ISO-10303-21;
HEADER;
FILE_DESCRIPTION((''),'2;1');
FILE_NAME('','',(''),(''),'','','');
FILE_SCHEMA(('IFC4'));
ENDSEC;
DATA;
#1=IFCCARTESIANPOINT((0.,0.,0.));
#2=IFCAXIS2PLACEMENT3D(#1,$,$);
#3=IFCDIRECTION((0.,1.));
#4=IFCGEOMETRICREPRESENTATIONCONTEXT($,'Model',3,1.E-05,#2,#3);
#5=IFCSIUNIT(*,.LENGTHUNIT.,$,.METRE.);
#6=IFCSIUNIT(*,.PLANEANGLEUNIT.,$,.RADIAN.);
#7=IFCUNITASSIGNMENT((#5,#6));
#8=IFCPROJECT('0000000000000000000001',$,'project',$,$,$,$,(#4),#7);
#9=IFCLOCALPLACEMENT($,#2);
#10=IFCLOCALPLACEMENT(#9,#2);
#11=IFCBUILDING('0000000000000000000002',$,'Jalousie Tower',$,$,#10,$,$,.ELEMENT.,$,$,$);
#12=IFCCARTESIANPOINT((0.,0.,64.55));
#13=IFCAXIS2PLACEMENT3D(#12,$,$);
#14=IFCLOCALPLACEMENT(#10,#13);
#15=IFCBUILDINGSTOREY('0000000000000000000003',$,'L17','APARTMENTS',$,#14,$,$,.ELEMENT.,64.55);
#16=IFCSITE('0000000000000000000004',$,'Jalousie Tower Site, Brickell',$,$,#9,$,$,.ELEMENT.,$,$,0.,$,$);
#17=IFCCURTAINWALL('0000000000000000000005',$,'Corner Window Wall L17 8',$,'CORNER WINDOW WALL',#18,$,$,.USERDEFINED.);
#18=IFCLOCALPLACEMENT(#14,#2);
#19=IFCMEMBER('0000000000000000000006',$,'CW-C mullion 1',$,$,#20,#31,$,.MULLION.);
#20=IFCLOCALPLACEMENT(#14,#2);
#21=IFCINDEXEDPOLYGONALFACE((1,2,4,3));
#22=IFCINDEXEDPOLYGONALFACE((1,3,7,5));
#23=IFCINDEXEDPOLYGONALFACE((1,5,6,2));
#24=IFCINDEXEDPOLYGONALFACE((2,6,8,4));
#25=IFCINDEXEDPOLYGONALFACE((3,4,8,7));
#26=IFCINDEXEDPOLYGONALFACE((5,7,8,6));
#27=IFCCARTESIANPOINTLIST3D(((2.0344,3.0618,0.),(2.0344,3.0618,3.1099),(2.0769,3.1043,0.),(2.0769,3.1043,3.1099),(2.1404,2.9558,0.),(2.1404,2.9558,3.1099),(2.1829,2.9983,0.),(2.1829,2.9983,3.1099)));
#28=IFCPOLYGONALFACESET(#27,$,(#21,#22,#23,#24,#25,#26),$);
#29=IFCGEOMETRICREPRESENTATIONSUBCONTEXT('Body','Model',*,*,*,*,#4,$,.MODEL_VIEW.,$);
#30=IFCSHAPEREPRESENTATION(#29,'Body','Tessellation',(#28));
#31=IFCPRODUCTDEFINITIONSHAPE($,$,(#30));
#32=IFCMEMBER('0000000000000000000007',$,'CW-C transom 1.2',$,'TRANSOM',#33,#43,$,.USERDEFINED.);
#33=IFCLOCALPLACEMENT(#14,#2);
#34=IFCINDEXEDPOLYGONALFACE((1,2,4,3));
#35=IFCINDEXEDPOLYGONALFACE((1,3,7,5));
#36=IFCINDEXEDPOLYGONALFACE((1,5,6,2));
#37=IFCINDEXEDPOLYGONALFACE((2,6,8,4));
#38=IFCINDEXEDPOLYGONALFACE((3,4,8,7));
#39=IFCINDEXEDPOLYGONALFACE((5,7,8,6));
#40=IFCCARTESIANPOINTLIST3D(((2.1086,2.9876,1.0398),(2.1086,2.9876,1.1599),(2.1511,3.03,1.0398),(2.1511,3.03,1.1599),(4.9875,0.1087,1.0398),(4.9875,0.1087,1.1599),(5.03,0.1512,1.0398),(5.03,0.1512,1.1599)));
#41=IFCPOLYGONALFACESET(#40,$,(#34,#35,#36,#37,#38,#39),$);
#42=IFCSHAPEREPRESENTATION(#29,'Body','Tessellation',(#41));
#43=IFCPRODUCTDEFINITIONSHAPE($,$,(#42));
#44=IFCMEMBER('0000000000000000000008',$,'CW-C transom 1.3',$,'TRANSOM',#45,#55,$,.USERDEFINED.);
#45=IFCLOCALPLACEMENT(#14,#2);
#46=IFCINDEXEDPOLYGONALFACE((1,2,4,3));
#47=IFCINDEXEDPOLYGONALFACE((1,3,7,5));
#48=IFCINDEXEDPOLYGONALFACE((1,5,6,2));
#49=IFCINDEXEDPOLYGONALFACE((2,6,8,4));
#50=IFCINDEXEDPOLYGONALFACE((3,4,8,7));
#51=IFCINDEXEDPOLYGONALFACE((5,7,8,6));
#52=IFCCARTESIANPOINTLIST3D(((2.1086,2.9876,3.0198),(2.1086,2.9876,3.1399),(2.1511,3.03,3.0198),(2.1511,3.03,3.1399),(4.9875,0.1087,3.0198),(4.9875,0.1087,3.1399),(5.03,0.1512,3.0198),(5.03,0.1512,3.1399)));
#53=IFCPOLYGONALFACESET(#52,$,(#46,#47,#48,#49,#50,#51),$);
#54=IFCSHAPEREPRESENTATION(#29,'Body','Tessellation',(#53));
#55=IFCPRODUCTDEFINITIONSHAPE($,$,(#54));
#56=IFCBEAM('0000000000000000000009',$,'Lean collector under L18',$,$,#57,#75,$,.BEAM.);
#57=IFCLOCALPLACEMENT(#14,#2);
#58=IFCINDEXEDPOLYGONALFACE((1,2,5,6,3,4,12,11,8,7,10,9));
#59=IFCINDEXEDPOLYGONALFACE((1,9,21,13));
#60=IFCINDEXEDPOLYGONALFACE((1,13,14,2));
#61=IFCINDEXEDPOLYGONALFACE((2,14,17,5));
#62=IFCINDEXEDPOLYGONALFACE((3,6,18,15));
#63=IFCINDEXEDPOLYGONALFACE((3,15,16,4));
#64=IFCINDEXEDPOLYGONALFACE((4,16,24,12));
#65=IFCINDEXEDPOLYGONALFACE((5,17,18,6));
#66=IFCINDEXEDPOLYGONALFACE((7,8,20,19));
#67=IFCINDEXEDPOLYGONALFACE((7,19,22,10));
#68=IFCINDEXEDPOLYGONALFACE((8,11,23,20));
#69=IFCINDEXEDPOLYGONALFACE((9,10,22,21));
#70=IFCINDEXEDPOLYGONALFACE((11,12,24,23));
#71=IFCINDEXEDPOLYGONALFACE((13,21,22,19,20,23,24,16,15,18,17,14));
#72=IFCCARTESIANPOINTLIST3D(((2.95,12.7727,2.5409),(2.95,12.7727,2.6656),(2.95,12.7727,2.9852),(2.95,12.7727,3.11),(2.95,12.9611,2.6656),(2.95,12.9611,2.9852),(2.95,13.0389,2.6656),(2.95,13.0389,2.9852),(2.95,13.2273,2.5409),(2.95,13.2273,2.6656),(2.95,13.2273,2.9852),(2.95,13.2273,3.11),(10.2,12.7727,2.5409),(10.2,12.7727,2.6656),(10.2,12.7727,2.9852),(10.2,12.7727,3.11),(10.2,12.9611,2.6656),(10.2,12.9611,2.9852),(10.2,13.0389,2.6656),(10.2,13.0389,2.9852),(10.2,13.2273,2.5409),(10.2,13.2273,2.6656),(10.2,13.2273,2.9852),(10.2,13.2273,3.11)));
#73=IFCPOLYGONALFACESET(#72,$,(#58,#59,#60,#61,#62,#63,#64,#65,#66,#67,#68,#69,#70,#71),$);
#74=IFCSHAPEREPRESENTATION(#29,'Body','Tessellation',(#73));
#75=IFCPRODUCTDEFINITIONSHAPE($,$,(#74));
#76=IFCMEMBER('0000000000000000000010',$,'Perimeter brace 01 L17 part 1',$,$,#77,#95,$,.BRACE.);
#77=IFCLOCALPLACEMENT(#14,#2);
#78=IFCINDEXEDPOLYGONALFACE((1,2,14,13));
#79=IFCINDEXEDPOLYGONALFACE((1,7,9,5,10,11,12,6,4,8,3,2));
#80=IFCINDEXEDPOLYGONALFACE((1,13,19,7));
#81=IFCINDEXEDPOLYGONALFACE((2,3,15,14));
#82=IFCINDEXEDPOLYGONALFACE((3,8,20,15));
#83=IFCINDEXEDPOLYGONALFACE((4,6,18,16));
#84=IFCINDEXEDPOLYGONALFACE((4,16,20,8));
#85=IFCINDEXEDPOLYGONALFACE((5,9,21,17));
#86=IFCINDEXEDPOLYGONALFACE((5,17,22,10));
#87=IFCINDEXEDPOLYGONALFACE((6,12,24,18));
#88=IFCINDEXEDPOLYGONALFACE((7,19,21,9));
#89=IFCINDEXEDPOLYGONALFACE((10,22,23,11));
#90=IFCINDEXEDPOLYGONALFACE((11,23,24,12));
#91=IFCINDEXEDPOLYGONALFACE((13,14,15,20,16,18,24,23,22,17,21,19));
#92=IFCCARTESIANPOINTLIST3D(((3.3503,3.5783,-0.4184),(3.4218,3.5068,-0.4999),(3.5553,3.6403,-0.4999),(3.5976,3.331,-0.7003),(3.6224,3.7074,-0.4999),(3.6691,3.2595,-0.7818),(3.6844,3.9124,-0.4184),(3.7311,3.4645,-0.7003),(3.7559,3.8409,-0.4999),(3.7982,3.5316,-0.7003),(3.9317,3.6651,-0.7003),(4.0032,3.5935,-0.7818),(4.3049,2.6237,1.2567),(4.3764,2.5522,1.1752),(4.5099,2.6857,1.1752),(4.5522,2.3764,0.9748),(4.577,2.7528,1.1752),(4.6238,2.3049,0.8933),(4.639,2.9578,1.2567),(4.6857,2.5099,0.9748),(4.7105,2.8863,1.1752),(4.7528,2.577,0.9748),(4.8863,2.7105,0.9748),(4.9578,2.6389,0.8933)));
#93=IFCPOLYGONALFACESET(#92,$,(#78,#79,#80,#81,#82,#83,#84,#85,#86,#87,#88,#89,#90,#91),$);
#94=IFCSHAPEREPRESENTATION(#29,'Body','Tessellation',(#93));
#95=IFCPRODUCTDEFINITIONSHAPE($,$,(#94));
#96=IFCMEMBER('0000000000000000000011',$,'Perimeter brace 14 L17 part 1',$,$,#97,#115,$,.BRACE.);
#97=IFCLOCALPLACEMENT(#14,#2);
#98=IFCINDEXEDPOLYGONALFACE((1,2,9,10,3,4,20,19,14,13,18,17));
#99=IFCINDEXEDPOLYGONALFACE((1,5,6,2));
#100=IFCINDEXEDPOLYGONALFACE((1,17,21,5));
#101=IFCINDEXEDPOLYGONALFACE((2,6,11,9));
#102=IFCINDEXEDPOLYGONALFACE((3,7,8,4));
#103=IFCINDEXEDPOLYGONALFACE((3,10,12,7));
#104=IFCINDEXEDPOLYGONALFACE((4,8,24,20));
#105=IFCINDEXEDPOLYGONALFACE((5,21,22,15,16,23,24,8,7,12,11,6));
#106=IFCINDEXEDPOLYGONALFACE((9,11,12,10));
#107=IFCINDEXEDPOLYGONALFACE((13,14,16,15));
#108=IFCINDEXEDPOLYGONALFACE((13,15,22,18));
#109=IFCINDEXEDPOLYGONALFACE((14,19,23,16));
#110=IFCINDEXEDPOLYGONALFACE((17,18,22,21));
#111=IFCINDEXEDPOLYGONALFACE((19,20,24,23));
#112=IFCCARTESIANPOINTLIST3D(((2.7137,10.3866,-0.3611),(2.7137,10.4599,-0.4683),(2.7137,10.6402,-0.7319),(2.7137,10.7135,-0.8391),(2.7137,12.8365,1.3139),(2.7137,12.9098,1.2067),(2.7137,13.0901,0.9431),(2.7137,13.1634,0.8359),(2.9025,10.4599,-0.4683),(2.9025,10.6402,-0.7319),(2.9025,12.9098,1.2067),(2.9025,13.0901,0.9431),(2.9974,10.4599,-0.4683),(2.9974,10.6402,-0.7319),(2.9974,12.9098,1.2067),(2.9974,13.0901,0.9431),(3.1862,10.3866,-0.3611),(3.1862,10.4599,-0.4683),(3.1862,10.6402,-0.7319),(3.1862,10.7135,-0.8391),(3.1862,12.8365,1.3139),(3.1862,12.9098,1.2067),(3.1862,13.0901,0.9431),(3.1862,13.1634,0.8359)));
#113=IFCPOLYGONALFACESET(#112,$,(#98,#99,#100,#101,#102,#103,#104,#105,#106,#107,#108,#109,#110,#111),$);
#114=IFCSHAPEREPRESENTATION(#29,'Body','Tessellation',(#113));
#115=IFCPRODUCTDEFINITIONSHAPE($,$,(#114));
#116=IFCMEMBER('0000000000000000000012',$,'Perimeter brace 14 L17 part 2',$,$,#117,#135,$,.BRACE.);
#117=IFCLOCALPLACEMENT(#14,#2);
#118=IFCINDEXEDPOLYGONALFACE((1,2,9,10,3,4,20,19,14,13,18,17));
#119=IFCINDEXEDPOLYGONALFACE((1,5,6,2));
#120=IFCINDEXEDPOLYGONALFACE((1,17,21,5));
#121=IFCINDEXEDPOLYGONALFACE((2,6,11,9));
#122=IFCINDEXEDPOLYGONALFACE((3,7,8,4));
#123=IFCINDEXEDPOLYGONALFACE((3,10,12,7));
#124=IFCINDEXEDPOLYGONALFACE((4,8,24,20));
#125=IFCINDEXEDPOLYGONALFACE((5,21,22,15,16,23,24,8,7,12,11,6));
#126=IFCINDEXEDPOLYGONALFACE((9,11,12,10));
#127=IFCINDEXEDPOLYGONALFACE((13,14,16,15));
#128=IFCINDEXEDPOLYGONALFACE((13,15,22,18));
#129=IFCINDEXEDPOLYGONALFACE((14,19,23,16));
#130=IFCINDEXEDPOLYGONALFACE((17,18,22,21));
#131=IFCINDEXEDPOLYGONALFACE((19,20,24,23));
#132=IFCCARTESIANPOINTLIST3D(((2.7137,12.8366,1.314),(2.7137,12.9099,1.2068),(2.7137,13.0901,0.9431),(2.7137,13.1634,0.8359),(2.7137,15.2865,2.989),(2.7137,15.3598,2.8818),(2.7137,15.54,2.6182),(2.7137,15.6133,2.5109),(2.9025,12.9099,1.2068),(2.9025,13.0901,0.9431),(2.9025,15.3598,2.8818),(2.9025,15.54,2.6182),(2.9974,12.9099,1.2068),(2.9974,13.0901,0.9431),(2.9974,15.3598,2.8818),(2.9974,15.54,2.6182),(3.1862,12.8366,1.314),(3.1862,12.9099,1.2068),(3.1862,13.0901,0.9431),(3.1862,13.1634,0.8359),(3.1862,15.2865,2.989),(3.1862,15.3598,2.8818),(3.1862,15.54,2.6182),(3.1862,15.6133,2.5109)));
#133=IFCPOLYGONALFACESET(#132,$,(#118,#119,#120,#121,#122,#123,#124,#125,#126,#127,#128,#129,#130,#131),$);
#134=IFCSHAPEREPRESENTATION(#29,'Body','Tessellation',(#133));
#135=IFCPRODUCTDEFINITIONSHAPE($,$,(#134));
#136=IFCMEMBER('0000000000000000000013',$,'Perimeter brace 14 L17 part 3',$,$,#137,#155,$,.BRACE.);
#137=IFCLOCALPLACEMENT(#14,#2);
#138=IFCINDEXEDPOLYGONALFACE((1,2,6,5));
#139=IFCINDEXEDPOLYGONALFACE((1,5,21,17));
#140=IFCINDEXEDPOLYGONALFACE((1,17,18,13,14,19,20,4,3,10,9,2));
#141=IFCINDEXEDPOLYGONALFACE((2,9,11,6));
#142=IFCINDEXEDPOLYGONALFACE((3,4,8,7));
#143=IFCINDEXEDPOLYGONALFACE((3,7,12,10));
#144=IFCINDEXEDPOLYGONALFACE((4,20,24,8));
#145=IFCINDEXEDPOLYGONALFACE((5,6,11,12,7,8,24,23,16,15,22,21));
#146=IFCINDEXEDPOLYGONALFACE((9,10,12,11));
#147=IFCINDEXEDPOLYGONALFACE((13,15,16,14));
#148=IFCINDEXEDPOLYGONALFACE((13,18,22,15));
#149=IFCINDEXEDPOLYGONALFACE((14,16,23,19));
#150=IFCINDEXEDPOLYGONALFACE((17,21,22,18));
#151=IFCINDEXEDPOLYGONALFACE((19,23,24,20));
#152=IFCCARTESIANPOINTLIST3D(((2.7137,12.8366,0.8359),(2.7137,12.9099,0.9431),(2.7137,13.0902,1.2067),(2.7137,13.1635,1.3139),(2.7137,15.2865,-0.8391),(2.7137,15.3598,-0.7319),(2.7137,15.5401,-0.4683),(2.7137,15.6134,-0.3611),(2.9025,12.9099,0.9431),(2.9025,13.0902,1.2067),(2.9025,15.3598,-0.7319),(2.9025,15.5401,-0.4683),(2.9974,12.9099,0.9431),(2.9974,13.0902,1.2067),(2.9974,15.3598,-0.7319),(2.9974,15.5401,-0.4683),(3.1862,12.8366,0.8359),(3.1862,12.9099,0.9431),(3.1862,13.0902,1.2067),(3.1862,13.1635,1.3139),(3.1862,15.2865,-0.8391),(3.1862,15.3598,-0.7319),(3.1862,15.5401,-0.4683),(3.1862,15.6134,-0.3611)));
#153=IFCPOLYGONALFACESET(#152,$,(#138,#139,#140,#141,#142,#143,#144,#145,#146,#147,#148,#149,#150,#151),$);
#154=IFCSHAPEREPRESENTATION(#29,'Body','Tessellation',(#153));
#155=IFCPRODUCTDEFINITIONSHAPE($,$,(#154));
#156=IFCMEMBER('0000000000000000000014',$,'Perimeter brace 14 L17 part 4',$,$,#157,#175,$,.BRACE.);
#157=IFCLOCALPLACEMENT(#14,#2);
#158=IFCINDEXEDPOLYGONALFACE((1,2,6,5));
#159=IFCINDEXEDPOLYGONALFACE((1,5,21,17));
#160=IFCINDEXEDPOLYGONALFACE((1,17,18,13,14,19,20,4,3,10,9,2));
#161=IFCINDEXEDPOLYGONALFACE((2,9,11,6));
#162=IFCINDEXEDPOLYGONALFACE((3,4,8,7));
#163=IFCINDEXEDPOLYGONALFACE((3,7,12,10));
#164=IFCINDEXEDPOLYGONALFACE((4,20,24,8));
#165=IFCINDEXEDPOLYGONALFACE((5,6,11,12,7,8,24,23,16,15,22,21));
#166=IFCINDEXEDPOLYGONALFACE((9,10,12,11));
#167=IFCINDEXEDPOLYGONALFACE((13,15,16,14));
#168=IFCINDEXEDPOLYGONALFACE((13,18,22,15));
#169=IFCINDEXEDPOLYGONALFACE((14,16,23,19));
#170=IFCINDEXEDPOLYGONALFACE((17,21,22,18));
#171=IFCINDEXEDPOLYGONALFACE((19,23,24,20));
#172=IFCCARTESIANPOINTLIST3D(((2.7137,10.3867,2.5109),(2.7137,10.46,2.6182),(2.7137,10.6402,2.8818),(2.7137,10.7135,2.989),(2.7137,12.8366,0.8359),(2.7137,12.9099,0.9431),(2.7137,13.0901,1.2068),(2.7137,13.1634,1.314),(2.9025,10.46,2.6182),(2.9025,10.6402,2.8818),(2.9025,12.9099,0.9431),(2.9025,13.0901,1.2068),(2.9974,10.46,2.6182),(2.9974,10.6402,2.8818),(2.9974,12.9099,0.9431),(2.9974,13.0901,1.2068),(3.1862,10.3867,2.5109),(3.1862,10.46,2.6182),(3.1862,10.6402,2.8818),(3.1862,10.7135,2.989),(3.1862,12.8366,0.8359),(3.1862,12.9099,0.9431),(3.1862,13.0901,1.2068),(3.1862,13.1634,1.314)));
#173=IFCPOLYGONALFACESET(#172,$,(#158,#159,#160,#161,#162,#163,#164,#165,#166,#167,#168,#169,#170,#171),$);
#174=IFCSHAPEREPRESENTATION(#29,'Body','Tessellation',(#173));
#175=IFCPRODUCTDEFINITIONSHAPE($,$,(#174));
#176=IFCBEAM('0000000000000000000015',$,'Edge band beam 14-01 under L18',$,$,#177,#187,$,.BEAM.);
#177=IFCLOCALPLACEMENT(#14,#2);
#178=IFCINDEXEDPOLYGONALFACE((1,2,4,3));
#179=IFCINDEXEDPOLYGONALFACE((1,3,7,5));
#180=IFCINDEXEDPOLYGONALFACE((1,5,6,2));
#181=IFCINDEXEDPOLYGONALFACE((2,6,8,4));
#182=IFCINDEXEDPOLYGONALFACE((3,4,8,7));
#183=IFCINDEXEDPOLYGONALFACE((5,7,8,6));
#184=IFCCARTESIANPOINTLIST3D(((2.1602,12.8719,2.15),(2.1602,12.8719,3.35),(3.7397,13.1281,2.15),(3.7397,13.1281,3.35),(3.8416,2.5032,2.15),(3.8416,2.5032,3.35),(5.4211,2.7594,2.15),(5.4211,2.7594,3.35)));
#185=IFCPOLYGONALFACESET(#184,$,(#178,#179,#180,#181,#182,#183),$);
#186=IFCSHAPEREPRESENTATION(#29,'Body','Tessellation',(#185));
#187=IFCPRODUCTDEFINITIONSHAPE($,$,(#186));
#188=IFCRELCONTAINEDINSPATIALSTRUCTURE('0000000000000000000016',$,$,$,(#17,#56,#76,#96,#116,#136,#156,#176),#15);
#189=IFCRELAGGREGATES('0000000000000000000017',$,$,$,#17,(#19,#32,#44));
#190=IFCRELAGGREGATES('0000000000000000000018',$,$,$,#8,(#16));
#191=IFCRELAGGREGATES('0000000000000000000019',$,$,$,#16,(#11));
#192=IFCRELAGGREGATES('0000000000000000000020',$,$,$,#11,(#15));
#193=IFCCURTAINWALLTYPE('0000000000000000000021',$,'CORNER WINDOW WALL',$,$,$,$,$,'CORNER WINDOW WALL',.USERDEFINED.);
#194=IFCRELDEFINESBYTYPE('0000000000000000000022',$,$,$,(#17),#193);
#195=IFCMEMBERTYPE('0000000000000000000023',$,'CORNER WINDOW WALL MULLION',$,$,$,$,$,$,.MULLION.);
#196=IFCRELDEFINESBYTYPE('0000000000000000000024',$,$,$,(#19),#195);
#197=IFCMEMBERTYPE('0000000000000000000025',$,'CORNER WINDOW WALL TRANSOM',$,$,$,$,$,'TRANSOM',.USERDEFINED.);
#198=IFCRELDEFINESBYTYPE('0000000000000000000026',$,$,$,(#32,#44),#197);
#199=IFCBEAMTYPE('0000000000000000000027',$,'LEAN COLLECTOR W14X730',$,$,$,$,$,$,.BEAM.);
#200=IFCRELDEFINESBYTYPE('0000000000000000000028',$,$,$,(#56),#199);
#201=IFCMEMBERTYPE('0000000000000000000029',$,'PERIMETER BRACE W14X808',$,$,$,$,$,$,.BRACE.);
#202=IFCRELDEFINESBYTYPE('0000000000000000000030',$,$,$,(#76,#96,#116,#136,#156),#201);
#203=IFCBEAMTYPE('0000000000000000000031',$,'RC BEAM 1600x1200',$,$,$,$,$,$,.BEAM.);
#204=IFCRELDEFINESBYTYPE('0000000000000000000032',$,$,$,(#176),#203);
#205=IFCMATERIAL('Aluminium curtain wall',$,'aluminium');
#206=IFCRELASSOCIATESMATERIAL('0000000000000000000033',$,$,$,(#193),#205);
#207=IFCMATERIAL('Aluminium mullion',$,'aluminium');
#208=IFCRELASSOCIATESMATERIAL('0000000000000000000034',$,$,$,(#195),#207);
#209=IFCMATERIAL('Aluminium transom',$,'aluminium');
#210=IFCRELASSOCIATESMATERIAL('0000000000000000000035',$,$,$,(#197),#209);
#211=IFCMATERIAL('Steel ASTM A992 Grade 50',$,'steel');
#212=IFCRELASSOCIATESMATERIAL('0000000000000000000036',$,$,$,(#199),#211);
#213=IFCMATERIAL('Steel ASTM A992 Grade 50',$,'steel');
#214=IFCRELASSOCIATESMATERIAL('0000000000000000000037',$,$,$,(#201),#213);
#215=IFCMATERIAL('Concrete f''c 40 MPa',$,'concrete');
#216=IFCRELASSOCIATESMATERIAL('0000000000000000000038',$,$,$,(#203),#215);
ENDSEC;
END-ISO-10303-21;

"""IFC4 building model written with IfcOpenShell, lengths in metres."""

from ifc_helpers import new_model, si_unit, direction, frame, origin, origin_2d, place, context, subcontext, project, spatial, rectangle, i_section, extrude, material, material_profile, profile_set, type_object, element, aggregate, save


model = new_model("IFC4")

# Units and contexts
model_context = context("Model", 3, precision=1e-05, world=origin(), true_north=direction((0.0, 1.0)))
body_context = subcontext(model_context, "Body", "Model", "MODEL_VIEW")
ifc_project = project(units=[si_unit("LENGTHUNIT", "METRE"), si_unit("PLANEANGLEUNIT", "RADIAN")], contexts=[model_context])

# Site, building, storey
site_placement = place(None, origin())
site = spatial("IfcSite", under=ifc_project, at=site_placement, Name="Jalousie Tower Site, Brickell", CompositionType="ELEMENT", RefElevation=0.0)
building_placement = place(site_placement, origin())
building = spatial("IfcBuilding", under=site, at=building_placement, Name="Jalousie Tower", CompositionType="ELEMENT")
storey_placement = place(building_placement, frame((0.0, 0.0, 64.55)))
storey = spatial("IfcBuildingStorey", under=building, at=storey_placement, Name="L17", Description="APARTMENTS", CompositionType="ELEMENT", Elevation=64.55)

# Curtain wall, members
ifc_material_1 = material(Name="Aluminium curtain wall", Category="aluminium")
curtain_wall_type_1 = type_object("IfcCurtainWallType", Name="CORNER WINDOW WALL", ElementType="CORNER WINDOW WALL", PredefinedType="USERDEFINED", material=ifc_material_1)
curtain_wall_1_placement = place(storey_placement, origin())
curtain_wall_1 = element("IfcCurtainWall", 1, at=curtain_wall_1_placement, inside=storey, type_object=curtain_wall_type_1, Name="Corner Window Wall L17 8", ObjectType="CORNER WINDOW WALL", PredefinedType="USERDEFINED")
ifc_material_2 = material(Name="Aluminium mullion", Category="aluminium")
ifc_material_profile_1 = material_profile(ifc_material_2, rectangle(XDim=0.0601, YDim=0.1499, at=origin_2d()), Name="MULLION 60x150")
ifc_profile_set_1 = profile_set([ifc_material_profile_1], Name="Aluminium mullion")
member_type_1 = type_object("IfcMemberType", Name="CORNER WINDOW WALL MULLION", PredefinedType="MULLION", material=ifc_profile_set_1)
member_1_placement = place(storey_placement, frame((2.1086, 3.03, 0.0), z_axis=(0.0, 0.0, 1.0), x_axis=(0.707107, 0.707107, 0.0)))
member_1 = element("IfcMember", 2, at=member_1_placement, type_object=member_type_1, Name="CW-C mullion 1", PredefinedType="MULLION", context=body_context, shape_type="SweptSolid", body=[
    extrude(rectangle(XDim=0.0601, YDim=0.1499, at=origin_2d()), origin(), (0.0, 0.0, 1.0), 3.1099),
])
ifc_material_3 = material(Name="Aluminium transom", Category="aluminium")
ifc_material_profile_2 = material_profile(ifc_material_3, rectangle(XDim=0.0601, YDim=0.1201, at=origin_2d()), Name="TRANSOM 60x120")
ifc_profile_set_2 = profile_set([ifc_material_profile_2], Name="Aluminium transom")
member_type_2 = type_object("IfcMemberType", Name="CORNER WINDOW WALL TRANSOM", ElementType="TRANSOM", PredefinedType="USERDEFINED", material=ifc_profile_set_2)
member_2_placement = place(storey_placement, frame((2.1299, 3.0088, 1.0999), z_axis=(0.707107, -0.707107, 0.0), x_axis=(0.707107, 0.707107, 0.0)))
member_2 = element("IfcMember", 3, at=member_2_placement, type_object=member_type_2, Name="CW-C transom 1.2", ObjectType="TRANSOM", PredefinedType="USERDEFINED", context=body_context, shape_type="SweptSolid", body=[
    extrude(rectangle(XDim=0.0601, YDim=0.1201, at=origin_2d()), origin(), (0.0, 0.0, 1.0), 4.0713),
])
member_3_placement = place(storey_placement, frame((2.1299, 3.0088, 3.0798), z_axis=(0.707107, -0.707107, 0.0), x_axis=(0.707107, 0.707107, 0.0)))
member_3 = element("IfcMember", 4, at=member_3_placement, type_object=member_type_2, Name="CW-C transom 1.3", ObjectType="TRANSOM", PredefinedType="USERDEFINED", context=body_context, shape_type="SweptSolid", body=[
    extrude(rectangle(XDim=0.0601, YDim=0.1201, at=origin_2d()), origin(), (0.0, 0.0, 1.0), 4.0713),
])
aggregate(curtain_wall_1, [member_1, member_2, member_3])

# Beam
ifc_material_4 = material(Name="Steel ASTM A992 Grade 50", Category="steel")
ifc_material_profile_3 = material_profile(ifc_material_4, i_section(OverallWidth=0.4546, OverallDepth=0.5691, WebThickness=0.0779, FlangeThickness=0.1248, at=origin_2d()), Name="W14X730")
ifc_profile_set_3 = profile_set([ifc_material_profile_3], Name="Steel ASTM A992 Grade 50")
beam_type_1 = type_object("IfcBeamType", Name="LEAN COLLECTOR W14X730", PredefinedType="BEAM", material=ifc_profile_set_3)
beam_1_placement = place(storey_placement, frame((2.95, 13.0, 2.8254), z_axis=(1.0, 0.0, 0.0), x_axis=(0.0, 1.0, 0.0)))
element("IfcBeam", 5, at=beam_1_placement, inside=storey, type_object=beam_type_1, Name="Lean collector under L18", PredefinedType="BEAM", context=body_context, shape_type="SweptSolid", body=[
    extrude(i_section(OverallWidth=0.4546, OverallDepth=0.5691, WebThickness=0.0779, FlangeThickness=0.1248, at=origin_2d()), origin(), (0.0, 0.0, 1.0), 7.25),
])

# Members
ifc_material_5 = material(Name="Steel ASTM A992 Grade 50", Category="steel")
ifc_material_profile_4 = material_profile(ifc_material_5, i_section(OverallWidth=0.4724, OverallDepth=0.5791, WebThickness=0.095, FlangeThickness=0.1299, at=origin_2d()), Name="W14X808")
ifc_profile_set_4 = profile_set([ifc_material_profile_4], Name="Steel ASTM A992 Grade 50")
member_type_3 = type_object("IfcMemberType", Name="PERIMETER BRACE W14X808", PredefinedType="BRACE", material=ifc_profile_set_4)
member_4_placement = place(storey_placement, frame((3.6768, 3.5859, -0.6001), z_axis=(0.443718, -0.443718, 0.778607), x_axis=(0.707107, 0.707107, 0.0)))
element("IfcMember", 6, at=member_4_placement, inside=storey, type_object=member_type_3, Name="Perimeter brace 01 L17 part 1", PredefinedType="BRACE", context=body_context, shape_type="SweptSolid", body=[
    extrude(i_section(OverallWidth=0.4724, OverallDepth=0.5791, WebThickness=0.095, FlangeThickness=0.1299, at=origin_2d()), origin(), (0.0, 0.0, 1.0), 2.1514),
])
for number, where, z_axis, x_axis, name in (
    (7, (2.95, 10.55, -0.6001), (0.0, 0.825501, 0.564401), (-1.0, 0.0, 0.0), "Perimeter brace 14 L17 part 1"),
    (8, (2.95, 13.0, 1.075), (0.0, 0.825501, 0.564401), (-1.0, 0.0, 0.0), "Perimeter brace 14 L17 part 2"),
    (9, (2.95, 15.45, -0.6001), (0.0, -0.825501, 0.564401), (1.0, 0.0, 0.0), "Perimeter brace 14 L17 part 3"),
    (10, (2.95, 13.0, 1.075), (0.0, -0.825501, 0.564401), (1.0, 0.0, 0.0), "Perimeter brace 14 L17 part 4"),
):
    element("IfcMember", number, at=place(storey_placement, frame(where, z_axis=z_axis, x_axis=x_axis)), inside=storey, type_object=member_type_3, Name=name, PredefinedType="BRACE", context=body_context, shape_type="SweptSolid", body=[
        extrude(i_section(OverallWidth=0.4724, OverallDepth=0.5791, WebThickness=0.095, FlangeThickness=0.1299, at=origin_2d()), origin(), (0.0, 0.0, 1.0), 2.9678),
    ])

# Beam
ifc_material_6 = material(Name="Concrete f'c 40 MPa", Category="concrete")
ifc_material_profile_5 = material_profile(ifc_material_6, rectangle(XDim=1.6001, YDim=1.2, at=origin_2d()), Name="RC 1600x1200")
ifc_profile_set_5 = profile_set([ifc_material_profile_5], Name="Concrete f'c 40 MPa")
beam_type_2 = type_object("IfcBeamType", Name="RC BEAM 1600x1200", PredefinedType="BEAM", material=ifc_profile_set_5)
beam_2_placement = place(storey_placement, frame((2.95, 13.0, 2.75), z_axis=(0.160071, -0.987106, 0.0), x_axis=(0.987106, 0.160071, 0.0)))
element("IfcBeam", 11, at=beam_2_placement, inside=storey, type_object=beam_type_2, Name="Edge band beam 14-01 under L18", PredefinedType="BEAM", context=body_context, shape_type="SweptSolid", body=[
    extrude(rectangle(XDim=1.6001, YDim=1.2, at=origin_2d()), origin(), (0.0, 0.0, 1.0), 10.5042),
])

save(model, "model.ifc")
